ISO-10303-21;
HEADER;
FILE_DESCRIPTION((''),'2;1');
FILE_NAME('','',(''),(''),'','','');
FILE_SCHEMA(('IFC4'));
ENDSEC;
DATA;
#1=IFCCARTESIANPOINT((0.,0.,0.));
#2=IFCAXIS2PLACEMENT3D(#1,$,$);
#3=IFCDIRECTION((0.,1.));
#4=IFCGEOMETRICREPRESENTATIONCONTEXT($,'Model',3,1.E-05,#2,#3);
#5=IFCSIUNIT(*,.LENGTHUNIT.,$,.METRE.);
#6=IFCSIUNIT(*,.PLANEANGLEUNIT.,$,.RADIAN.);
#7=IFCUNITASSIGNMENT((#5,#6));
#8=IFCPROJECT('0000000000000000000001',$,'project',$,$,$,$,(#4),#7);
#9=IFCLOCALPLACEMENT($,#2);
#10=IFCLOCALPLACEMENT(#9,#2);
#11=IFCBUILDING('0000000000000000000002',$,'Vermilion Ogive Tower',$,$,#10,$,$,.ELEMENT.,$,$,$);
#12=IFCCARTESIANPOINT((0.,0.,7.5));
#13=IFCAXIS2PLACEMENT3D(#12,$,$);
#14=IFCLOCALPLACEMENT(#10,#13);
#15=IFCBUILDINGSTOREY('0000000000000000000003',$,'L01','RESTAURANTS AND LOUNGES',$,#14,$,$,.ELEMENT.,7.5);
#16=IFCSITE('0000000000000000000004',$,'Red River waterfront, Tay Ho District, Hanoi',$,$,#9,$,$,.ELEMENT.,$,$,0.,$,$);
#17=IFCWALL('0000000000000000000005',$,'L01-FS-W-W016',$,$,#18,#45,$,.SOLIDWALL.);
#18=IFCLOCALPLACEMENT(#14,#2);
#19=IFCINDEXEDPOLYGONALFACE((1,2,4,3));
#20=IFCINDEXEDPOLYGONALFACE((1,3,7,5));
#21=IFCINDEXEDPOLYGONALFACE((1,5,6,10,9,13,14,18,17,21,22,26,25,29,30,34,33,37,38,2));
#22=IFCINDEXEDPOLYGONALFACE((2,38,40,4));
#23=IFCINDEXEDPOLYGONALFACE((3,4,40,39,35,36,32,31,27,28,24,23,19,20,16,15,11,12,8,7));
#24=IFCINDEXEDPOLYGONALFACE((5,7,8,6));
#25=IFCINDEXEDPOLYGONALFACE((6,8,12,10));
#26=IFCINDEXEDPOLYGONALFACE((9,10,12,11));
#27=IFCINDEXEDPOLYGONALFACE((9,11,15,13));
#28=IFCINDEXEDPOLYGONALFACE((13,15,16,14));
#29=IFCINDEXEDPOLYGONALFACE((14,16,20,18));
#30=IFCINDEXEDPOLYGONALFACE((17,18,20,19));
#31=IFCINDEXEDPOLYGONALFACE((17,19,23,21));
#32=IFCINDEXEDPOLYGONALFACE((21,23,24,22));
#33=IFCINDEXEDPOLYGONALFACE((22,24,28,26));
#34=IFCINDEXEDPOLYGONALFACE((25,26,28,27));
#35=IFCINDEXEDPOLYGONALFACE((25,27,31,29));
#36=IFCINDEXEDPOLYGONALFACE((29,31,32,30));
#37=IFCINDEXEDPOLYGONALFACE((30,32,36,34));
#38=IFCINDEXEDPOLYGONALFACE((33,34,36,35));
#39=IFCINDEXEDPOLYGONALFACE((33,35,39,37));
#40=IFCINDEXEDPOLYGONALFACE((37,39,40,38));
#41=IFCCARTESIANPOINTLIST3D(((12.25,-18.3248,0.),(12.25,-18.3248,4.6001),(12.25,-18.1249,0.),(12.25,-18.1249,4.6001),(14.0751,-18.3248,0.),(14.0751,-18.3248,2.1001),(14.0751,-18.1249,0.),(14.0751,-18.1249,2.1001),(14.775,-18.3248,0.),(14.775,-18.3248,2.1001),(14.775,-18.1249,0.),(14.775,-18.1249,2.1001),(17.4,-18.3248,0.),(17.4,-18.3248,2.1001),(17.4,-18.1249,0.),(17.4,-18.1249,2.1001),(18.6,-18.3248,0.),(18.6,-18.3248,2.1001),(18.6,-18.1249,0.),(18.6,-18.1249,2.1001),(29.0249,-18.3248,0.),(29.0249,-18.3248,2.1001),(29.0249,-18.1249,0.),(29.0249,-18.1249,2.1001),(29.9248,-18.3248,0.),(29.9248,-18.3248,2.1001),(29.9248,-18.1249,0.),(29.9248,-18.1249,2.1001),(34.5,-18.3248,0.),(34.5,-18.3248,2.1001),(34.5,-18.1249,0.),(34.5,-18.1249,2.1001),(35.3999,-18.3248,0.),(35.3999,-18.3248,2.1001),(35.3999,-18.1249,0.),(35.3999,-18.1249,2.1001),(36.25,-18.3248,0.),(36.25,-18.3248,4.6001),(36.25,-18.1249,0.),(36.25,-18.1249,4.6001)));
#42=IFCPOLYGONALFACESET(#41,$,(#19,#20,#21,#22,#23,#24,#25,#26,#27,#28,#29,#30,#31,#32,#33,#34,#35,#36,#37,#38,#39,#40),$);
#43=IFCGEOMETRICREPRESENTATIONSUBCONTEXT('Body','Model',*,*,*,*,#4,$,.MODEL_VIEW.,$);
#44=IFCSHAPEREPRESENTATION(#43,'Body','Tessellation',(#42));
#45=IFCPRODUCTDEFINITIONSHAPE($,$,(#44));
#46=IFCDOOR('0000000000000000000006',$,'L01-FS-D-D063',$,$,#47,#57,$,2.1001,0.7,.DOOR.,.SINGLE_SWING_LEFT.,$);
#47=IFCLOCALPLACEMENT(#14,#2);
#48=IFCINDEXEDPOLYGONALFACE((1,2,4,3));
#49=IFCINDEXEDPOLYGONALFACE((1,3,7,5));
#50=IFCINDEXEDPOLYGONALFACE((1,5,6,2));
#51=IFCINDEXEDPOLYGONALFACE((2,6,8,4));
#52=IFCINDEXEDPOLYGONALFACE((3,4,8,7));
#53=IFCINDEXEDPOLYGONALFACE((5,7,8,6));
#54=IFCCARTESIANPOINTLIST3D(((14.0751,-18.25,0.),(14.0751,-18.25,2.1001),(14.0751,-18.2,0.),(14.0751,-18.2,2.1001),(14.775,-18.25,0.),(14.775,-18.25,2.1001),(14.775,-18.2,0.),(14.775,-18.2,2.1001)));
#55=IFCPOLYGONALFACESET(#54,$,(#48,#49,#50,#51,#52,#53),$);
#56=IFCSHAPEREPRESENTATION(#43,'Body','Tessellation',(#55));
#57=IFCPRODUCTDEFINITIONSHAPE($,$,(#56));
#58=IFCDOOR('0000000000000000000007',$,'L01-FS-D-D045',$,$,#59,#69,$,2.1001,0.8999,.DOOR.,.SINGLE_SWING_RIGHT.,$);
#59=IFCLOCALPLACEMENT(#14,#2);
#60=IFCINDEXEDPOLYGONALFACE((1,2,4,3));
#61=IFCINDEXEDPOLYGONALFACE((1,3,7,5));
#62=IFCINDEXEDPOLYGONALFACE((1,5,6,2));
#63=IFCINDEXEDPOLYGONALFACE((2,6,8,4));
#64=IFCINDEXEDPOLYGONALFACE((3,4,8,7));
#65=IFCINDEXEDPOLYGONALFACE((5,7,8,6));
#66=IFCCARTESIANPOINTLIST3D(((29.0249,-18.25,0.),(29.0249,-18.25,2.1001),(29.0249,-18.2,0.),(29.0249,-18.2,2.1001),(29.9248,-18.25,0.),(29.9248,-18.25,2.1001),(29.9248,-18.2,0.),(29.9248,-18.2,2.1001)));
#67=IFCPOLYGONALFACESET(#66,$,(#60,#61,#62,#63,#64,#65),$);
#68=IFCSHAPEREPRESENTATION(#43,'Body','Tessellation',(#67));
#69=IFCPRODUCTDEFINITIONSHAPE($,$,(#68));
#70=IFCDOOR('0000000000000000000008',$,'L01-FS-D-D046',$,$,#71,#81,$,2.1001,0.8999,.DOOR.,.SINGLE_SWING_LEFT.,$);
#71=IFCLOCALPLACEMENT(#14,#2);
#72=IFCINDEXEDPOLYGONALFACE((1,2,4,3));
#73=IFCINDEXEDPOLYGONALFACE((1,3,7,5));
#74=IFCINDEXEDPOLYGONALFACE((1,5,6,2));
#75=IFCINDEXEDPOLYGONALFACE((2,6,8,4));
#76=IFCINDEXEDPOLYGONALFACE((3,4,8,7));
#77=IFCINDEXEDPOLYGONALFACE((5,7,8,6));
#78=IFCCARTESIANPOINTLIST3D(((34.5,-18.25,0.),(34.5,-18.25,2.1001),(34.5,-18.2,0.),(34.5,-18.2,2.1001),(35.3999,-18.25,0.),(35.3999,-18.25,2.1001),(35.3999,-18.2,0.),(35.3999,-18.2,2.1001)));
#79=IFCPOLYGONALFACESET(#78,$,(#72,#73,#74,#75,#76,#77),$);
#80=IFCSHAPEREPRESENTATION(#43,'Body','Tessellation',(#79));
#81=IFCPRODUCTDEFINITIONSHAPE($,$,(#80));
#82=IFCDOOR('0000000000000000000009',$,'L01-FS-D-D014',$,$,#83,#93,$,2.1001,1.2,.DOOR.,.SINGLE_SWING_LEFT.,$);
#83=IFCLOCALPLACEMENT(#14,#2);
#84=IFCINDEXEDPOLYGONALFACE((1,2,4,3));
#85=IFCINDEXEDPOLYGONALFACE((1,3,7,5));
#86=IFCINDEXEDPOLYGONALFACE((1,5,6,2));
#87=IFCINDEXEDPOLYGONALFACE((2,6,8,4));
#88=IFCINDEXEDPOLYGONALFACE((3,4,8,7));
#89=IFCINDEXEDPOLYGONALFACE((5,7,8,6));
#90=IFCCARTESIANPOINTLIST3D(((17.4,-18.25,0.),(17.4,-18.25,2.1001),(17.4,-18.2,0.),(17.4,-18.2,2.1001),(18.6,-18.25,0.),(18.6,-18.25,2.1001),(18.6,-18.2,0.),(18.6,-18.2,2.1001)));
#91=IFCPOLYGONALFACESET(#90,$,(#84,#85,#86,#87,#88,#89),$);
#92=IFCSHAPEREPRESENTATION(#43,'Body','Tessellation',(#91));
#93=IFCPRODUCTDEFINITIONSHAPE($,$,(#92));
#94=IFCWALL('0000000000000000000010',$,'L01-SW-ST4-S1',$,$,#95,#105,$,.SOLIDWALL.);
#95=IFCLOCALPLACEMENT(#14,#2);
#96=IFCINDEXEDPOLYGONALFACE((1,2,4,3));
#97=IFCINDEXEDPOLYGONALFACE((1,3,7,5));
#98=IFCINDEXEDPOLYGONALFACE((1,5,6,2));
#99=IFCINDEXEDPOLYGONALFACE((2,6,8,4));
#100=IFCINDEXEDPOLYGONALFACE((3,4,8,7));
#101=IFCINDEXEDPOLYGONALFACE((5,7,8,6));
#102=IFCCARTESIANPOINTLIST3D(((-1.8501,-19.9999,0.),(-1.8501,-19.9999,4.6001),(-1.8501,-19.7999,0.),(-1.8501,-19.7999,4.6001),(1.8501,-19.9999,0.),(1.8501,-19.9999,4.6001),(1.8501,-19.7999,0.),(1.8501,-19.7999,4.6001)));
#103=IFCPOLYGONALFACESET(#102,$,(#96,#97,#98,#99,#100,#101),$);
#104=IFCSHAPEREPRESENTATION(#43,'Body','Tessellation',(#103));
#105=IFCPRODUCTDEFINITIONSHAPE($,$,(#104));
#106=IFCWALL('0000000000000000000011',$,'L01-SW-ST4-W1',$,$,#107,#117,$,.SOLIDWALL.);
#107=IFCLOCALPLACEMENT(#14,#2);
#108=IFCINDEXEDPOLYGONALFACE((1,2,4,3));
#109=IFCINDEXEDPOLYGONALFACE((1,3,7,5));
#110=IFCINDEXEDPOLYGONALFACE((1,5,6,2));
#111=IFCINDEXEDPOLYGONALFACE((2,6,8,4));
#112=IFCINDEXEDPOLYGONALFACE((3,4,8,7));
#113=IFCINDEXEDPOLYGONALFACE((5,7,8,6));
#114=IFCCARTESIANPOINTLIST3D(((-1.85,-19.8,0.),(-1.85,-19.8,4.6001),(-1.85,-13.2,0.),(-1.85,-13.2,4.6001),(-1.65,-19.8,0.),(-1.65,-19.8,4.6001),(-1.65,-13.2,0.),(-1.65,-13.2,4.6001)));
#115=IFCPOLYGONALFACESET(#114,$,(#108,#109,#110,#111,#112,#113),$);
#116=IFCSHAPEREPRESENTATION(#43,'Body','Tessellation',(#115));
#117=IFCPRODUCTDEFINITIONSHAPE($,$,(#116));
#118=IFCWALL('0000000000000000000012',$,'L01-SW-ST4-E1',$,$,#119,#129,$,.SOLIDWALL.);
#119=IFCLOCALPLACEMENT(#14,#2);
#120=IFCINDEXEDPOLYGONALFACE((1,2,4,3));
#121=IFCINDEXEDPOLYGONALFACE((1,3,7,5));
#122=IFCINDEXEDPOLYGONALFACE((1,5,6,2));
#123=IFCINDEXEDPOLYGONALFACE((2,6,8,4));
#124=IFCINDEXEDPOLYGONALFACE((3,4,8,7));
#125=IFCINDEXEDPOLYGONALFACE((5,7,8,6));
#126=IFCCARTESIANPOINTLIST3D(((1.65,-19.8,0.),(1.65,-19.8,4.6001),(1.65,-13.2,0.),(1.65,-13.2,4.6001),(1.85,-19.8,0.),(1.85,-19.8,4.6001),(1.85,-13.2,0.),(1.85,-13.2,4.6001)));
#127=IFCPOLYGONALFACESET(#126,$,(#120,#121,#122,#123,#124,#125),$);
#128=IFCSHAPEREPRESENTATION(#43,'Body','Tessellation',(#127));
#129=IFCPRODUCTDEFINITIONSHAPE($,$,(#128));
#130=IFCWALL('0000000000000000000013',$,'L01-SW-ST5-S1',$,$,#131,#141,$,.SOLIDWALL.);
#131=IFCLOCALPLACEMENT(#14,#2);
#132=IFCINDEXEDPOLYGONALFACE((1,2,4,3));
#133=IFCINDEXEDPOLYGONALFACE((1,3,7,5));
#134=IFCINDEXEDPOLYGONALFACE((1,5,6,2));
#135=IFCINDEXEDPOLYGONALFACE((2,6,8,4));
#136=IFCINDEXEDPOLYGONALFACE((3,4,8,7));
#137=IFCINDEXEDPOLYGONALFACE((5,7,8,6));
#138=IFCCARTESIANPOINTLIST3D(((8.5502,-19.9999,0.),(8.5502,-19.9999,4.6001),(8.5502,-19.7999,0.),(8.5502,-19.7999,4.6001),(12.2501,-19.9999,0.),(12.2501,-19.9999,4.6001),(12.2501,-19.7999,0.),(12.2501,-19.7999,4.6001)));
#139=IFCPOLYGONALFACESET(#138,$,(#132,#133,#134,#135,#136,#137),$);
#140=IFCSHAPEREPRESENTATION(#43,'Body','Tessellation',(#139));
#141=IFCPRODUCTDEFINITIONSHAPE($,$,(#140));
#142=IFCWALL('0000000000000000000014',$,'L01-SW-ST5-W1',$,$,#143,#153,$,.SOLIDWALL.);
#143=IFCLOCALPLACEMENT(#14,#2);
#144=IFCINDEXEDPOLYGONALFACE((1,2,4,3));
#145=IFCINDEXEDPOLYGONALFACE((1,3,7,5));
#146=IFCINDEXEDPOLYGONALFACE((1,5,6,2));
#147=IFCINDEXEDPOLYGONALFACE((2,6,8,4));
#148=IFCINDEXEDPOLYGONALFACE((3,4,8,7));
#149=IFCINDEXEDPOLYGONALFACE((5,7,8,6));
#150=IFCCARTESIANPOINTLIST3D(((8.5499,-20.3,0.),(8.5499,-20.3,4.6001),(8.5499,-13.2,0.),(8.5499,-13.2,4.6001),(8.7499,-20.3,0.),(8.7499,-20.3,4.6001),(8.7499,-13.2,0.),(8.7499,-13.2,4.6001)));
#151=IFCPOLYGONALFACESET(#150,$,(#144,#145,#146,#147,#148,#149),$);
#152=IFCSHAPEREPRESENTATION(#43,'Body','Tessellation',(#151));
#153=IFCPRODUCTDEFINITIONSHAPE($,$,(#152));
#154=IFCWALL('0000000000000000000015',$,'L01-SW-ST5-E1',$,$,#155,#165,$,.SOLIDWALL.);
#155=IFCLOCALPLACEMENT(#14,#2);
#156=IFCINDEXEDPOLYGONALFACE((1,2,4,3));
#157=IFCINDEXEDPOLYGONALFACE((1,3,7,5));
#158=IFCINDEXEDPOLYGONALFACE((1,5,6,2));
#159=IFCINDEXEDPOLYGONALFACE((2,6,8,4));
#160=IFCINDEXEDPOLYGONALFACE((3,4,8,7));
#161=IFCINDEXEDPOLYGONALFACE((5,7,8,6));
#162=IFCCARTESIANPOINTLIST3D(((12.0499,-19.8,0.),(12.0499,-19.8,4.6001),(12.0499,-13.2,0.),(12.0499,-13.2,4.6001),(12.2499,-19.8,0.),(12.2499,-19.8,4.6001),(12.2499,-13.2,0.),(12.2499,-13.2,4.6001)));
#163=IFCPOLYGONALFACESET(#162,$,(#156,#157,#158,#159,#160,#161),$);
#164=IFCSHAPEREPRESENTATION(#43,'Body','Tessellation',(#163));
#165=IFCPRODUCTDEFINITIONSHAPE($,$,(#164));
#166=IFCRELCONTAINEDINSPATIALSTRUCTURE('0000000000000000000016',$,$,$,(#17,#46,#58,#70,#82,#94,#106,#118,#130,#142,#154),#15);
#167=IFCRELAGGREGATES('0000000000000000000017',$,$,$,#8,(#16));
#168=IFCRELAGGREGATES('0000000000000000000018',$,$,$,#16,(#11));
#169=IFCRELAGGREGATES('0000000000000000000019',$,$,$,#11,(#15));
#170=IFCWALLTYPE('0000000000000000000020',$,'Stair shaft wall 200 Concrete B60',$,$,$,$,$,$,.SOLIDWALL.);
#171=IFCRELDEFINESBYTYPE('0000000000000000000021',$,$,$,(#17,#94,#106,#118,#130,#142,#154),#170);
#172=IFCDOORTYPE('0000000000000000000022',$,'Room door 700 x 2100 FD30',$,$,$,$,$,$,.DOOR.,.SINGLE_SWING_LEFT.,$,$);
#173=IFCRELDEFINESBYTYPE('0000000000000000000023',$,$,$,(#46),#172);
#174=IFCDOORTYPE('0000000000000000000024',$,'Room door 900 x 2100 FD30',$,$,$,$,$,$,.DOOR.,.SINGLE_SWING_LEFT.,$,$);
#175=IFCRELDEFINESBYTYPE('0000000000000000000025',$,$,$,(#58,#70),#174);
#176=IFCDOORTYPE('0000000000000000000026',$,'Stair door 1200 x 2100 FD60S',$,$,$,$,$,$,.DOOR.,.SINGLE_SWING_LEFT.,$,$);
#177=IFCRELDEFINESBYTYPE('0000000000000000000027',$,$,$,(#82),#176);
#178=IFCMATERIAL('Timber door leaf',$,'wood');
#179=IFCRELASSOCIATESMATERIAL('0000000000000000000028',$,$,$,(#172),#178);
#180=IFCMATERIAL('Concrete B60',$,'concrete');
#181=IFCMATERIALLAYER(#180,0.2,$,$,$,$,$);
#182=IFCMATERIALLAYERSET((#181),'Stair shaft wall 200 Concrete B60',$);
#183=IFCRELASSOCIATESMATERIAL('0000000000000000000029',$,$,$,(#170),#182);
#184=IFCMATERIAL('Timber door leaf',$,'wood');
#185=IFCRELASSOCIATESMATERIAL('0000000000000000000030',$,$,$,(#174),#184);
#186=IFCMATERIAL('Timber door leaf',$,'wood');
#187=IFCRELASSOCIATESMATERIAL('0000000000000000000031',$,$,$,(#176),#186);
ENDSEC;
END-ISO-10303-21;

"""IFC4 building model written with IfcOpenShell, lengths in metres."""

from ifc_helpers import new_model, si_unit, direction, frame, frame_2d, origin, place, context, subcontext, project, spatial, rectangle, extrude, material, layer, layer_set, type_object, element, fill, save


model = new_model("IFC4")

# Units and contexts
model_context = context("Model", 3, precision=1e-05, world=origin(), true_north=direction((0.0, 1.0)))
body_context = subcontext(model_context, "Body", "Model", "MODEL_VIEW")
ifc_project = project(units=[si_unit("LENGTHUNIT", "METRE"), si_unit("PLANEANGLEUNIT", "RADIAN")], contexts=[model_context])

# Site, building, storey
site_placement = place(None, origin())
site = spatial("IfcSite", under=ifc_project, at=site_placement, Name="Red River waterfront, Tay Ho District, Hanoi", CompositionType="ELEMENT", RefElevation=0.0)
building_placement = place(site_placement, origin())
building = spatial("IfcBuilding", under=site, at=building_placement, Name="Vermilion Ogive Tower", CompositionType="ELEMENT")
storey_placement = place(building_placement, frame((0.0, 0.0, 7.5)))
storey = spatial("IfcBuildingStorey", under=building, at=storey_placement, Name="L01", Description="RESTAURANTS AND LOUNGES", CompositionType="ELEMENT", Elevation=7.5)

# Shared definitions
ifc_material_1 = material(Name="Timber door leaf", Category="wood")
door_type_1 = type_object("IfcDoorType", Name="Room door 700 x 2100 FD30", OperationType="SINGLE_SWING_LEFT", PredefinedType="DOOR", material=ifc_material_1)

# Wall, openings, doors
ifc_material_2 = material(Name="Concrete B60", Category="concrete")
ifc_layer_1 = layer(ifc_material_2, 0.2)
ifc_layer_set_1 = layer_set([ifc_layer_1], Name="Stair shaft wall 200 Concrete B60")
wall_type_1 = type_object("IfcWallType", Name="Stair shaft wall 200 Concrete B60", PredefinedType="SOLIDWALL", material=ifc_layer_set_1)
wall_1_placement = place(storey_placement, frame((12.25, -18.2249, 0.0), z_axis=(0.0, 0.0, 1.0), x_axis=(1.0, 0.0, 0.0)))
wall_1 = element("IfcWall", 1, at=wall_1_placement, inside=storey, type_object=wall_type_1, Name="L01-FS-W-W016", PredefinedType="SOLIDWALL", context=body_context, shape_type="SweptSolid", body=[
    extrude(rectangle(XDim=24.0, YDim=0.2, at=frame_2d((12.0, 0.0))), origin(), (0.0, 0.0, 1.0), 4.6001),
])
opening_1_placement = place(wall_1_placement, frame((5.1499, 0.0, 0.0)))
opening_1 = element("IfcOpeningElement", 2, at=opening_1_placement, cuts=wall_1, PredefinedType="OPENING", context=body_context, shape_type="SweptSolid", body=[
    extrude(rectangle(XDim=1.2, YDim=2.1001, at=frame_2d((0.6001, 1.05))), frame((0.0, 0.1099, 0.0), z_axis=(0.0, -1.0, 0.0), x_axis=(1.0, 0.0, 0.0)), (0.0, 0.0, 1.0), 0.22),
])
opening_2_placement = place(wall_1_placement, frame((16.7749, 0.0, 0.0)))
opening_2 = element("IfcOpeningElement", 3, at=opening_2_placement, cuts=wall_1, PredefinedType="OPENING", context=body_context, shape_type="SweptSolid", body=[
    extrude(rectangle(XDim=0.8999, YDim=2.1001, at=frame_2d((0.45, 1.05))), frame((0.0, 0.1099, 0.0), z_axis=(0.0, -1.0, 0.0), x_axis=(1.0, 0.0, 0.0)), (0.0, 0.0, 1.0), 0.22),
])
opening_3_placement = place(wall_1_placement, frame((22.25, 0.0, 0.0)))
opening_3 = element("IfcOpeningElement", 4, at=opening_3_placement, cuts=wall_1, PredefinedType="OPENING", context=body_context, shape_type="SweptSolid", body=[
    extrude(rectangle(XDim=0.8999, YDim=2.1001, at=frame_2d((0.45, 1.05))), frame((0.0, 0.1099, 0.0), z_axis=(0.0, -1.0, 0.0), x_axis=(1.0, 0.0, 0.0)), (0.0, 0.0, 1.0), 0.22),
])
opening_4_placement = place(wall_1_placement, frame((1.825, 0.0, 0.0)))
opening_4 = element("IfcOpeningElement", 5, at=opening_4_placement, cuts=wall_1, PredefinedType="OPENING", context=body_context, shape_type="SweptSolid", body=[
    extrude(rectangle(XDim=0.7, YDim=2.1001, at=frame_2d((0.3501, 1.05))), frame((0.0, 0.1099, 0.0), z_axis=(0.0, -1.0, 0.0), x_axis=(1.0, 0.0, 0.0)), (0.0, 0.0, 1.0), 0.22),
])
door_1_placement = place(opening_4_placement, origin())
door_1 = element("IfcDoor", 6, at=door_1_placement, inside=storey, type_object=door_type_1, Name="L01-FS-D-D063", OperationType="SINGLE_SWING_LEFT", OverallHeight=2.1001, OverallWidth=0.7, PredefinedType="DOOR", context=body_context, shape_type="SweptSolid", body=[
    extrude(rectangle(XDim=0.7, YDim=2.1001, at=frame_2d((0.3501, 1.05))), frame((0.0, 0.0249, 0.0), z_axis=(0.0, -1.0, 0.0), x_axis=(1.0, 0.0, 0.0)), (0.0, 0.0, 1.0), 0.05),
])
fill(opening_4, door_1)
ifc_material_3 = material(Name="Timber door leaf", Category="wood")
door_type_2 = type_object("IfcDoorType", Name="Room door 900 x 2100 FD30", OperationType="SINGLE_SWING_LEFT", PredefinedType="DOOR", material=ifc_material_3)
door_2_placement = place(opening_2_placement, origin())
door_2 = element("IfcDoor", 7, at=door_2_placement, inside=storey, type_object=door_type_2, Name="L01-FS-D-D045", OperationType="SINGLE_SWING_RIGHT", OverallHeight=2.1001, OverallWidth=0.8999, PredefinedType="DOOR", context=body_context, shape_type="SweptSolid", body=[
    extrude(rectangle(XDim=0.8999, YDim=2.1001, at=frame_2d((0.45, 1.05))), frame((0.0, 0.0249, 0.0), z_axis=(0.0, -1.0, 0.0), x_axis=(1.0, 0.0, 0.0)), (0.0, 0.0, 1.0), 0.05),
])
fill(opening_2, door_2)
door_3_placement = place(opening_3_placement, origin())
door_3 = element("IfcDoor", 8, at=door_3_placement, inside=storey, type_object=door_type_2, Name="L01-FS-D-D046", OperationType="SINGLE_SWING_LEFT", OverallHeight=2.1001, OverallWidth=0.8999, PredefinedType="DOOR", context=body_context, shape_type="SweptSolid", body=[
    extrude(rectangle(XDim=0.8999, YDim=2.1001, at=frame_2d((0.45, 1.05))), frame((0.0, 0.0249, 0.0), z_axis=(0.0, -1.0, 0.0), x_axis=(1.0, 0.0, 0.0)), (0.0, 0.0, 1.0), 0.05),
])
fill(opening_3, door_3)
ifc_material_4 = material(Name="Timber door leaf", Category="wood")
door_type_3 = type_object("IfcDoorType", Name="Stair door 1200 x 2100 FD60S", OperationType="SINGLE_SWING_LEFT", PredefinedType="DOOR", material=ifc_material_4)
door_4_placement = place(opening_1_placement, origin())
door_4 = element("IfcDoor", 9, at=door_4_placement, inside=storey, type_object=door_type_3, Name="L01-FS-D-D014", OperationType="SINGLE_SWING_LEFT", OverallHeight=2.1001, OverallWidth=1.2, PredefinedType="DOOR", context=body_context, shape_type="SweptSolid", body=[
    extrude(rectangle(XDim=1.2, YDim=2.1001, at=frame_2d((0.6001, 1.05))), frame((0.0, 0.0249, 0.0), z_axis=(0.0, -1.0, 0.0), x_axis=(1.0, 0.0, 0.0)), (0.0, 0.0, 1.0), 0.05),
])
fill(opening_1, door_4)

# Walls
wall_2_placement = place(storey_placement, frame((-1.8501, -19.8999, 0.0), z_axis=(0.0, 0.0, 1.0), x_axis=(1.0, 0.0, 0.0)))
element("IfcWall", 10, at=wall_2_placement, inside=storey, type_object=wall_type_1, Name="L01-SW-ST4-S1", PredefinedType="SOLIDWALL", context=body_context, shape_type="SweptSolid", body=[
    extrude(rectangle(XDim=3.7002, YDim=0.2, at=frame_2d((1.8501, 0.0))), origin(), (0.0, 0.0, 1.0), 4.6001),
])
for number, where, z_axis, x_axis, name in (
    (11, (-1.75, -19.8, 0.0), (0.0, 0.0, 1.0), (0.0, 1.0, 0.0), "L01-SW-ST4-W1"),
    (12, (1.75, -19.8, 0.0), (0.0, 0.0, 1.0), (0.0, 1.0, 0.0), "L01-SW-ST4-E1"),
):
    element("IfcWall", number, at=place(storey_placement, frame(where, z_axis=z_axis, x_axis=x_axis)), inside=storey, type_object=wall_type_1, Name=name, PredefinedType="SOLIDWALL", context=body_context, shape_type="SweptSolid", body=[
        extrude(rectangle(XDim=6.6001, YDim=0.2, at=frame_2d((3.3, 0.0))), origin(), (0.0, 0.0, 1.0), 4.6001),
    ])
wall_3_placement = place(storey_placement, frame((8.55, -19.8999, 0.0), z_axis=(0.0, 0.0, 1.0), x_axis=(1.0, 0.0, 0.0)))
element("IfcWall", 13, at=wall_3_placement, inside=storey, type_object=wall_type_1, Name="L01-SW-ST5-S1", PredefinedType="SOLIDWALL", context=body_context, shape_type="SweptSolid", body=[
    extrude(rectangle(XDim=3.7, YDim=0.2, at=frame_2d((1.8501, 0.0))), origin(), (0.0, 0.0, 1.0), 4.6001),
])
wall_4_placement = place(storey_placement, frame((8.6499, -20.3, 0.0), z_axis=(0.0, 0.0, 1.0), x_axis=(0.0, 1.0, 0.0)))
element("IfcWall", 14, at=wall_4_placement, inside=storey, type_object=wall_type_1, Name="L01-SW-ST5-W1", PredefinedType="SOLIDWALL", context=body_context, shape_type="SweptSolid", body=[
    extrude(rectangle(XDim=7.1001, YDim=0.2, at=frame_2d((3.55, 0.0))), origin(), (0.0, 0.0, 1.0), 4.6001),
])
wall_5_placement = place(storey_placement, frame((12.1499, -19.8, 0.0), z_axis=(0.0, 0.0, 1.0), x_axis=(0.0, 1.0, 0.0)))
element("IfcWall", 15, at=wall_5_placement, inside=storey, type_object=wall_type_1, Name="L01-SW-ST5-E1", PredefinedType="SOLIDWALL", context=body_context, shape_type="SweptSolid", body=[
    extrude(rectangle(XDim=6.6001, YDim=0.2, at=frame_2d((3.3, 0.0))), origin(), (0.0, 0.0, 1.0), 4.6001),
])

save(model, "model.ifc")
